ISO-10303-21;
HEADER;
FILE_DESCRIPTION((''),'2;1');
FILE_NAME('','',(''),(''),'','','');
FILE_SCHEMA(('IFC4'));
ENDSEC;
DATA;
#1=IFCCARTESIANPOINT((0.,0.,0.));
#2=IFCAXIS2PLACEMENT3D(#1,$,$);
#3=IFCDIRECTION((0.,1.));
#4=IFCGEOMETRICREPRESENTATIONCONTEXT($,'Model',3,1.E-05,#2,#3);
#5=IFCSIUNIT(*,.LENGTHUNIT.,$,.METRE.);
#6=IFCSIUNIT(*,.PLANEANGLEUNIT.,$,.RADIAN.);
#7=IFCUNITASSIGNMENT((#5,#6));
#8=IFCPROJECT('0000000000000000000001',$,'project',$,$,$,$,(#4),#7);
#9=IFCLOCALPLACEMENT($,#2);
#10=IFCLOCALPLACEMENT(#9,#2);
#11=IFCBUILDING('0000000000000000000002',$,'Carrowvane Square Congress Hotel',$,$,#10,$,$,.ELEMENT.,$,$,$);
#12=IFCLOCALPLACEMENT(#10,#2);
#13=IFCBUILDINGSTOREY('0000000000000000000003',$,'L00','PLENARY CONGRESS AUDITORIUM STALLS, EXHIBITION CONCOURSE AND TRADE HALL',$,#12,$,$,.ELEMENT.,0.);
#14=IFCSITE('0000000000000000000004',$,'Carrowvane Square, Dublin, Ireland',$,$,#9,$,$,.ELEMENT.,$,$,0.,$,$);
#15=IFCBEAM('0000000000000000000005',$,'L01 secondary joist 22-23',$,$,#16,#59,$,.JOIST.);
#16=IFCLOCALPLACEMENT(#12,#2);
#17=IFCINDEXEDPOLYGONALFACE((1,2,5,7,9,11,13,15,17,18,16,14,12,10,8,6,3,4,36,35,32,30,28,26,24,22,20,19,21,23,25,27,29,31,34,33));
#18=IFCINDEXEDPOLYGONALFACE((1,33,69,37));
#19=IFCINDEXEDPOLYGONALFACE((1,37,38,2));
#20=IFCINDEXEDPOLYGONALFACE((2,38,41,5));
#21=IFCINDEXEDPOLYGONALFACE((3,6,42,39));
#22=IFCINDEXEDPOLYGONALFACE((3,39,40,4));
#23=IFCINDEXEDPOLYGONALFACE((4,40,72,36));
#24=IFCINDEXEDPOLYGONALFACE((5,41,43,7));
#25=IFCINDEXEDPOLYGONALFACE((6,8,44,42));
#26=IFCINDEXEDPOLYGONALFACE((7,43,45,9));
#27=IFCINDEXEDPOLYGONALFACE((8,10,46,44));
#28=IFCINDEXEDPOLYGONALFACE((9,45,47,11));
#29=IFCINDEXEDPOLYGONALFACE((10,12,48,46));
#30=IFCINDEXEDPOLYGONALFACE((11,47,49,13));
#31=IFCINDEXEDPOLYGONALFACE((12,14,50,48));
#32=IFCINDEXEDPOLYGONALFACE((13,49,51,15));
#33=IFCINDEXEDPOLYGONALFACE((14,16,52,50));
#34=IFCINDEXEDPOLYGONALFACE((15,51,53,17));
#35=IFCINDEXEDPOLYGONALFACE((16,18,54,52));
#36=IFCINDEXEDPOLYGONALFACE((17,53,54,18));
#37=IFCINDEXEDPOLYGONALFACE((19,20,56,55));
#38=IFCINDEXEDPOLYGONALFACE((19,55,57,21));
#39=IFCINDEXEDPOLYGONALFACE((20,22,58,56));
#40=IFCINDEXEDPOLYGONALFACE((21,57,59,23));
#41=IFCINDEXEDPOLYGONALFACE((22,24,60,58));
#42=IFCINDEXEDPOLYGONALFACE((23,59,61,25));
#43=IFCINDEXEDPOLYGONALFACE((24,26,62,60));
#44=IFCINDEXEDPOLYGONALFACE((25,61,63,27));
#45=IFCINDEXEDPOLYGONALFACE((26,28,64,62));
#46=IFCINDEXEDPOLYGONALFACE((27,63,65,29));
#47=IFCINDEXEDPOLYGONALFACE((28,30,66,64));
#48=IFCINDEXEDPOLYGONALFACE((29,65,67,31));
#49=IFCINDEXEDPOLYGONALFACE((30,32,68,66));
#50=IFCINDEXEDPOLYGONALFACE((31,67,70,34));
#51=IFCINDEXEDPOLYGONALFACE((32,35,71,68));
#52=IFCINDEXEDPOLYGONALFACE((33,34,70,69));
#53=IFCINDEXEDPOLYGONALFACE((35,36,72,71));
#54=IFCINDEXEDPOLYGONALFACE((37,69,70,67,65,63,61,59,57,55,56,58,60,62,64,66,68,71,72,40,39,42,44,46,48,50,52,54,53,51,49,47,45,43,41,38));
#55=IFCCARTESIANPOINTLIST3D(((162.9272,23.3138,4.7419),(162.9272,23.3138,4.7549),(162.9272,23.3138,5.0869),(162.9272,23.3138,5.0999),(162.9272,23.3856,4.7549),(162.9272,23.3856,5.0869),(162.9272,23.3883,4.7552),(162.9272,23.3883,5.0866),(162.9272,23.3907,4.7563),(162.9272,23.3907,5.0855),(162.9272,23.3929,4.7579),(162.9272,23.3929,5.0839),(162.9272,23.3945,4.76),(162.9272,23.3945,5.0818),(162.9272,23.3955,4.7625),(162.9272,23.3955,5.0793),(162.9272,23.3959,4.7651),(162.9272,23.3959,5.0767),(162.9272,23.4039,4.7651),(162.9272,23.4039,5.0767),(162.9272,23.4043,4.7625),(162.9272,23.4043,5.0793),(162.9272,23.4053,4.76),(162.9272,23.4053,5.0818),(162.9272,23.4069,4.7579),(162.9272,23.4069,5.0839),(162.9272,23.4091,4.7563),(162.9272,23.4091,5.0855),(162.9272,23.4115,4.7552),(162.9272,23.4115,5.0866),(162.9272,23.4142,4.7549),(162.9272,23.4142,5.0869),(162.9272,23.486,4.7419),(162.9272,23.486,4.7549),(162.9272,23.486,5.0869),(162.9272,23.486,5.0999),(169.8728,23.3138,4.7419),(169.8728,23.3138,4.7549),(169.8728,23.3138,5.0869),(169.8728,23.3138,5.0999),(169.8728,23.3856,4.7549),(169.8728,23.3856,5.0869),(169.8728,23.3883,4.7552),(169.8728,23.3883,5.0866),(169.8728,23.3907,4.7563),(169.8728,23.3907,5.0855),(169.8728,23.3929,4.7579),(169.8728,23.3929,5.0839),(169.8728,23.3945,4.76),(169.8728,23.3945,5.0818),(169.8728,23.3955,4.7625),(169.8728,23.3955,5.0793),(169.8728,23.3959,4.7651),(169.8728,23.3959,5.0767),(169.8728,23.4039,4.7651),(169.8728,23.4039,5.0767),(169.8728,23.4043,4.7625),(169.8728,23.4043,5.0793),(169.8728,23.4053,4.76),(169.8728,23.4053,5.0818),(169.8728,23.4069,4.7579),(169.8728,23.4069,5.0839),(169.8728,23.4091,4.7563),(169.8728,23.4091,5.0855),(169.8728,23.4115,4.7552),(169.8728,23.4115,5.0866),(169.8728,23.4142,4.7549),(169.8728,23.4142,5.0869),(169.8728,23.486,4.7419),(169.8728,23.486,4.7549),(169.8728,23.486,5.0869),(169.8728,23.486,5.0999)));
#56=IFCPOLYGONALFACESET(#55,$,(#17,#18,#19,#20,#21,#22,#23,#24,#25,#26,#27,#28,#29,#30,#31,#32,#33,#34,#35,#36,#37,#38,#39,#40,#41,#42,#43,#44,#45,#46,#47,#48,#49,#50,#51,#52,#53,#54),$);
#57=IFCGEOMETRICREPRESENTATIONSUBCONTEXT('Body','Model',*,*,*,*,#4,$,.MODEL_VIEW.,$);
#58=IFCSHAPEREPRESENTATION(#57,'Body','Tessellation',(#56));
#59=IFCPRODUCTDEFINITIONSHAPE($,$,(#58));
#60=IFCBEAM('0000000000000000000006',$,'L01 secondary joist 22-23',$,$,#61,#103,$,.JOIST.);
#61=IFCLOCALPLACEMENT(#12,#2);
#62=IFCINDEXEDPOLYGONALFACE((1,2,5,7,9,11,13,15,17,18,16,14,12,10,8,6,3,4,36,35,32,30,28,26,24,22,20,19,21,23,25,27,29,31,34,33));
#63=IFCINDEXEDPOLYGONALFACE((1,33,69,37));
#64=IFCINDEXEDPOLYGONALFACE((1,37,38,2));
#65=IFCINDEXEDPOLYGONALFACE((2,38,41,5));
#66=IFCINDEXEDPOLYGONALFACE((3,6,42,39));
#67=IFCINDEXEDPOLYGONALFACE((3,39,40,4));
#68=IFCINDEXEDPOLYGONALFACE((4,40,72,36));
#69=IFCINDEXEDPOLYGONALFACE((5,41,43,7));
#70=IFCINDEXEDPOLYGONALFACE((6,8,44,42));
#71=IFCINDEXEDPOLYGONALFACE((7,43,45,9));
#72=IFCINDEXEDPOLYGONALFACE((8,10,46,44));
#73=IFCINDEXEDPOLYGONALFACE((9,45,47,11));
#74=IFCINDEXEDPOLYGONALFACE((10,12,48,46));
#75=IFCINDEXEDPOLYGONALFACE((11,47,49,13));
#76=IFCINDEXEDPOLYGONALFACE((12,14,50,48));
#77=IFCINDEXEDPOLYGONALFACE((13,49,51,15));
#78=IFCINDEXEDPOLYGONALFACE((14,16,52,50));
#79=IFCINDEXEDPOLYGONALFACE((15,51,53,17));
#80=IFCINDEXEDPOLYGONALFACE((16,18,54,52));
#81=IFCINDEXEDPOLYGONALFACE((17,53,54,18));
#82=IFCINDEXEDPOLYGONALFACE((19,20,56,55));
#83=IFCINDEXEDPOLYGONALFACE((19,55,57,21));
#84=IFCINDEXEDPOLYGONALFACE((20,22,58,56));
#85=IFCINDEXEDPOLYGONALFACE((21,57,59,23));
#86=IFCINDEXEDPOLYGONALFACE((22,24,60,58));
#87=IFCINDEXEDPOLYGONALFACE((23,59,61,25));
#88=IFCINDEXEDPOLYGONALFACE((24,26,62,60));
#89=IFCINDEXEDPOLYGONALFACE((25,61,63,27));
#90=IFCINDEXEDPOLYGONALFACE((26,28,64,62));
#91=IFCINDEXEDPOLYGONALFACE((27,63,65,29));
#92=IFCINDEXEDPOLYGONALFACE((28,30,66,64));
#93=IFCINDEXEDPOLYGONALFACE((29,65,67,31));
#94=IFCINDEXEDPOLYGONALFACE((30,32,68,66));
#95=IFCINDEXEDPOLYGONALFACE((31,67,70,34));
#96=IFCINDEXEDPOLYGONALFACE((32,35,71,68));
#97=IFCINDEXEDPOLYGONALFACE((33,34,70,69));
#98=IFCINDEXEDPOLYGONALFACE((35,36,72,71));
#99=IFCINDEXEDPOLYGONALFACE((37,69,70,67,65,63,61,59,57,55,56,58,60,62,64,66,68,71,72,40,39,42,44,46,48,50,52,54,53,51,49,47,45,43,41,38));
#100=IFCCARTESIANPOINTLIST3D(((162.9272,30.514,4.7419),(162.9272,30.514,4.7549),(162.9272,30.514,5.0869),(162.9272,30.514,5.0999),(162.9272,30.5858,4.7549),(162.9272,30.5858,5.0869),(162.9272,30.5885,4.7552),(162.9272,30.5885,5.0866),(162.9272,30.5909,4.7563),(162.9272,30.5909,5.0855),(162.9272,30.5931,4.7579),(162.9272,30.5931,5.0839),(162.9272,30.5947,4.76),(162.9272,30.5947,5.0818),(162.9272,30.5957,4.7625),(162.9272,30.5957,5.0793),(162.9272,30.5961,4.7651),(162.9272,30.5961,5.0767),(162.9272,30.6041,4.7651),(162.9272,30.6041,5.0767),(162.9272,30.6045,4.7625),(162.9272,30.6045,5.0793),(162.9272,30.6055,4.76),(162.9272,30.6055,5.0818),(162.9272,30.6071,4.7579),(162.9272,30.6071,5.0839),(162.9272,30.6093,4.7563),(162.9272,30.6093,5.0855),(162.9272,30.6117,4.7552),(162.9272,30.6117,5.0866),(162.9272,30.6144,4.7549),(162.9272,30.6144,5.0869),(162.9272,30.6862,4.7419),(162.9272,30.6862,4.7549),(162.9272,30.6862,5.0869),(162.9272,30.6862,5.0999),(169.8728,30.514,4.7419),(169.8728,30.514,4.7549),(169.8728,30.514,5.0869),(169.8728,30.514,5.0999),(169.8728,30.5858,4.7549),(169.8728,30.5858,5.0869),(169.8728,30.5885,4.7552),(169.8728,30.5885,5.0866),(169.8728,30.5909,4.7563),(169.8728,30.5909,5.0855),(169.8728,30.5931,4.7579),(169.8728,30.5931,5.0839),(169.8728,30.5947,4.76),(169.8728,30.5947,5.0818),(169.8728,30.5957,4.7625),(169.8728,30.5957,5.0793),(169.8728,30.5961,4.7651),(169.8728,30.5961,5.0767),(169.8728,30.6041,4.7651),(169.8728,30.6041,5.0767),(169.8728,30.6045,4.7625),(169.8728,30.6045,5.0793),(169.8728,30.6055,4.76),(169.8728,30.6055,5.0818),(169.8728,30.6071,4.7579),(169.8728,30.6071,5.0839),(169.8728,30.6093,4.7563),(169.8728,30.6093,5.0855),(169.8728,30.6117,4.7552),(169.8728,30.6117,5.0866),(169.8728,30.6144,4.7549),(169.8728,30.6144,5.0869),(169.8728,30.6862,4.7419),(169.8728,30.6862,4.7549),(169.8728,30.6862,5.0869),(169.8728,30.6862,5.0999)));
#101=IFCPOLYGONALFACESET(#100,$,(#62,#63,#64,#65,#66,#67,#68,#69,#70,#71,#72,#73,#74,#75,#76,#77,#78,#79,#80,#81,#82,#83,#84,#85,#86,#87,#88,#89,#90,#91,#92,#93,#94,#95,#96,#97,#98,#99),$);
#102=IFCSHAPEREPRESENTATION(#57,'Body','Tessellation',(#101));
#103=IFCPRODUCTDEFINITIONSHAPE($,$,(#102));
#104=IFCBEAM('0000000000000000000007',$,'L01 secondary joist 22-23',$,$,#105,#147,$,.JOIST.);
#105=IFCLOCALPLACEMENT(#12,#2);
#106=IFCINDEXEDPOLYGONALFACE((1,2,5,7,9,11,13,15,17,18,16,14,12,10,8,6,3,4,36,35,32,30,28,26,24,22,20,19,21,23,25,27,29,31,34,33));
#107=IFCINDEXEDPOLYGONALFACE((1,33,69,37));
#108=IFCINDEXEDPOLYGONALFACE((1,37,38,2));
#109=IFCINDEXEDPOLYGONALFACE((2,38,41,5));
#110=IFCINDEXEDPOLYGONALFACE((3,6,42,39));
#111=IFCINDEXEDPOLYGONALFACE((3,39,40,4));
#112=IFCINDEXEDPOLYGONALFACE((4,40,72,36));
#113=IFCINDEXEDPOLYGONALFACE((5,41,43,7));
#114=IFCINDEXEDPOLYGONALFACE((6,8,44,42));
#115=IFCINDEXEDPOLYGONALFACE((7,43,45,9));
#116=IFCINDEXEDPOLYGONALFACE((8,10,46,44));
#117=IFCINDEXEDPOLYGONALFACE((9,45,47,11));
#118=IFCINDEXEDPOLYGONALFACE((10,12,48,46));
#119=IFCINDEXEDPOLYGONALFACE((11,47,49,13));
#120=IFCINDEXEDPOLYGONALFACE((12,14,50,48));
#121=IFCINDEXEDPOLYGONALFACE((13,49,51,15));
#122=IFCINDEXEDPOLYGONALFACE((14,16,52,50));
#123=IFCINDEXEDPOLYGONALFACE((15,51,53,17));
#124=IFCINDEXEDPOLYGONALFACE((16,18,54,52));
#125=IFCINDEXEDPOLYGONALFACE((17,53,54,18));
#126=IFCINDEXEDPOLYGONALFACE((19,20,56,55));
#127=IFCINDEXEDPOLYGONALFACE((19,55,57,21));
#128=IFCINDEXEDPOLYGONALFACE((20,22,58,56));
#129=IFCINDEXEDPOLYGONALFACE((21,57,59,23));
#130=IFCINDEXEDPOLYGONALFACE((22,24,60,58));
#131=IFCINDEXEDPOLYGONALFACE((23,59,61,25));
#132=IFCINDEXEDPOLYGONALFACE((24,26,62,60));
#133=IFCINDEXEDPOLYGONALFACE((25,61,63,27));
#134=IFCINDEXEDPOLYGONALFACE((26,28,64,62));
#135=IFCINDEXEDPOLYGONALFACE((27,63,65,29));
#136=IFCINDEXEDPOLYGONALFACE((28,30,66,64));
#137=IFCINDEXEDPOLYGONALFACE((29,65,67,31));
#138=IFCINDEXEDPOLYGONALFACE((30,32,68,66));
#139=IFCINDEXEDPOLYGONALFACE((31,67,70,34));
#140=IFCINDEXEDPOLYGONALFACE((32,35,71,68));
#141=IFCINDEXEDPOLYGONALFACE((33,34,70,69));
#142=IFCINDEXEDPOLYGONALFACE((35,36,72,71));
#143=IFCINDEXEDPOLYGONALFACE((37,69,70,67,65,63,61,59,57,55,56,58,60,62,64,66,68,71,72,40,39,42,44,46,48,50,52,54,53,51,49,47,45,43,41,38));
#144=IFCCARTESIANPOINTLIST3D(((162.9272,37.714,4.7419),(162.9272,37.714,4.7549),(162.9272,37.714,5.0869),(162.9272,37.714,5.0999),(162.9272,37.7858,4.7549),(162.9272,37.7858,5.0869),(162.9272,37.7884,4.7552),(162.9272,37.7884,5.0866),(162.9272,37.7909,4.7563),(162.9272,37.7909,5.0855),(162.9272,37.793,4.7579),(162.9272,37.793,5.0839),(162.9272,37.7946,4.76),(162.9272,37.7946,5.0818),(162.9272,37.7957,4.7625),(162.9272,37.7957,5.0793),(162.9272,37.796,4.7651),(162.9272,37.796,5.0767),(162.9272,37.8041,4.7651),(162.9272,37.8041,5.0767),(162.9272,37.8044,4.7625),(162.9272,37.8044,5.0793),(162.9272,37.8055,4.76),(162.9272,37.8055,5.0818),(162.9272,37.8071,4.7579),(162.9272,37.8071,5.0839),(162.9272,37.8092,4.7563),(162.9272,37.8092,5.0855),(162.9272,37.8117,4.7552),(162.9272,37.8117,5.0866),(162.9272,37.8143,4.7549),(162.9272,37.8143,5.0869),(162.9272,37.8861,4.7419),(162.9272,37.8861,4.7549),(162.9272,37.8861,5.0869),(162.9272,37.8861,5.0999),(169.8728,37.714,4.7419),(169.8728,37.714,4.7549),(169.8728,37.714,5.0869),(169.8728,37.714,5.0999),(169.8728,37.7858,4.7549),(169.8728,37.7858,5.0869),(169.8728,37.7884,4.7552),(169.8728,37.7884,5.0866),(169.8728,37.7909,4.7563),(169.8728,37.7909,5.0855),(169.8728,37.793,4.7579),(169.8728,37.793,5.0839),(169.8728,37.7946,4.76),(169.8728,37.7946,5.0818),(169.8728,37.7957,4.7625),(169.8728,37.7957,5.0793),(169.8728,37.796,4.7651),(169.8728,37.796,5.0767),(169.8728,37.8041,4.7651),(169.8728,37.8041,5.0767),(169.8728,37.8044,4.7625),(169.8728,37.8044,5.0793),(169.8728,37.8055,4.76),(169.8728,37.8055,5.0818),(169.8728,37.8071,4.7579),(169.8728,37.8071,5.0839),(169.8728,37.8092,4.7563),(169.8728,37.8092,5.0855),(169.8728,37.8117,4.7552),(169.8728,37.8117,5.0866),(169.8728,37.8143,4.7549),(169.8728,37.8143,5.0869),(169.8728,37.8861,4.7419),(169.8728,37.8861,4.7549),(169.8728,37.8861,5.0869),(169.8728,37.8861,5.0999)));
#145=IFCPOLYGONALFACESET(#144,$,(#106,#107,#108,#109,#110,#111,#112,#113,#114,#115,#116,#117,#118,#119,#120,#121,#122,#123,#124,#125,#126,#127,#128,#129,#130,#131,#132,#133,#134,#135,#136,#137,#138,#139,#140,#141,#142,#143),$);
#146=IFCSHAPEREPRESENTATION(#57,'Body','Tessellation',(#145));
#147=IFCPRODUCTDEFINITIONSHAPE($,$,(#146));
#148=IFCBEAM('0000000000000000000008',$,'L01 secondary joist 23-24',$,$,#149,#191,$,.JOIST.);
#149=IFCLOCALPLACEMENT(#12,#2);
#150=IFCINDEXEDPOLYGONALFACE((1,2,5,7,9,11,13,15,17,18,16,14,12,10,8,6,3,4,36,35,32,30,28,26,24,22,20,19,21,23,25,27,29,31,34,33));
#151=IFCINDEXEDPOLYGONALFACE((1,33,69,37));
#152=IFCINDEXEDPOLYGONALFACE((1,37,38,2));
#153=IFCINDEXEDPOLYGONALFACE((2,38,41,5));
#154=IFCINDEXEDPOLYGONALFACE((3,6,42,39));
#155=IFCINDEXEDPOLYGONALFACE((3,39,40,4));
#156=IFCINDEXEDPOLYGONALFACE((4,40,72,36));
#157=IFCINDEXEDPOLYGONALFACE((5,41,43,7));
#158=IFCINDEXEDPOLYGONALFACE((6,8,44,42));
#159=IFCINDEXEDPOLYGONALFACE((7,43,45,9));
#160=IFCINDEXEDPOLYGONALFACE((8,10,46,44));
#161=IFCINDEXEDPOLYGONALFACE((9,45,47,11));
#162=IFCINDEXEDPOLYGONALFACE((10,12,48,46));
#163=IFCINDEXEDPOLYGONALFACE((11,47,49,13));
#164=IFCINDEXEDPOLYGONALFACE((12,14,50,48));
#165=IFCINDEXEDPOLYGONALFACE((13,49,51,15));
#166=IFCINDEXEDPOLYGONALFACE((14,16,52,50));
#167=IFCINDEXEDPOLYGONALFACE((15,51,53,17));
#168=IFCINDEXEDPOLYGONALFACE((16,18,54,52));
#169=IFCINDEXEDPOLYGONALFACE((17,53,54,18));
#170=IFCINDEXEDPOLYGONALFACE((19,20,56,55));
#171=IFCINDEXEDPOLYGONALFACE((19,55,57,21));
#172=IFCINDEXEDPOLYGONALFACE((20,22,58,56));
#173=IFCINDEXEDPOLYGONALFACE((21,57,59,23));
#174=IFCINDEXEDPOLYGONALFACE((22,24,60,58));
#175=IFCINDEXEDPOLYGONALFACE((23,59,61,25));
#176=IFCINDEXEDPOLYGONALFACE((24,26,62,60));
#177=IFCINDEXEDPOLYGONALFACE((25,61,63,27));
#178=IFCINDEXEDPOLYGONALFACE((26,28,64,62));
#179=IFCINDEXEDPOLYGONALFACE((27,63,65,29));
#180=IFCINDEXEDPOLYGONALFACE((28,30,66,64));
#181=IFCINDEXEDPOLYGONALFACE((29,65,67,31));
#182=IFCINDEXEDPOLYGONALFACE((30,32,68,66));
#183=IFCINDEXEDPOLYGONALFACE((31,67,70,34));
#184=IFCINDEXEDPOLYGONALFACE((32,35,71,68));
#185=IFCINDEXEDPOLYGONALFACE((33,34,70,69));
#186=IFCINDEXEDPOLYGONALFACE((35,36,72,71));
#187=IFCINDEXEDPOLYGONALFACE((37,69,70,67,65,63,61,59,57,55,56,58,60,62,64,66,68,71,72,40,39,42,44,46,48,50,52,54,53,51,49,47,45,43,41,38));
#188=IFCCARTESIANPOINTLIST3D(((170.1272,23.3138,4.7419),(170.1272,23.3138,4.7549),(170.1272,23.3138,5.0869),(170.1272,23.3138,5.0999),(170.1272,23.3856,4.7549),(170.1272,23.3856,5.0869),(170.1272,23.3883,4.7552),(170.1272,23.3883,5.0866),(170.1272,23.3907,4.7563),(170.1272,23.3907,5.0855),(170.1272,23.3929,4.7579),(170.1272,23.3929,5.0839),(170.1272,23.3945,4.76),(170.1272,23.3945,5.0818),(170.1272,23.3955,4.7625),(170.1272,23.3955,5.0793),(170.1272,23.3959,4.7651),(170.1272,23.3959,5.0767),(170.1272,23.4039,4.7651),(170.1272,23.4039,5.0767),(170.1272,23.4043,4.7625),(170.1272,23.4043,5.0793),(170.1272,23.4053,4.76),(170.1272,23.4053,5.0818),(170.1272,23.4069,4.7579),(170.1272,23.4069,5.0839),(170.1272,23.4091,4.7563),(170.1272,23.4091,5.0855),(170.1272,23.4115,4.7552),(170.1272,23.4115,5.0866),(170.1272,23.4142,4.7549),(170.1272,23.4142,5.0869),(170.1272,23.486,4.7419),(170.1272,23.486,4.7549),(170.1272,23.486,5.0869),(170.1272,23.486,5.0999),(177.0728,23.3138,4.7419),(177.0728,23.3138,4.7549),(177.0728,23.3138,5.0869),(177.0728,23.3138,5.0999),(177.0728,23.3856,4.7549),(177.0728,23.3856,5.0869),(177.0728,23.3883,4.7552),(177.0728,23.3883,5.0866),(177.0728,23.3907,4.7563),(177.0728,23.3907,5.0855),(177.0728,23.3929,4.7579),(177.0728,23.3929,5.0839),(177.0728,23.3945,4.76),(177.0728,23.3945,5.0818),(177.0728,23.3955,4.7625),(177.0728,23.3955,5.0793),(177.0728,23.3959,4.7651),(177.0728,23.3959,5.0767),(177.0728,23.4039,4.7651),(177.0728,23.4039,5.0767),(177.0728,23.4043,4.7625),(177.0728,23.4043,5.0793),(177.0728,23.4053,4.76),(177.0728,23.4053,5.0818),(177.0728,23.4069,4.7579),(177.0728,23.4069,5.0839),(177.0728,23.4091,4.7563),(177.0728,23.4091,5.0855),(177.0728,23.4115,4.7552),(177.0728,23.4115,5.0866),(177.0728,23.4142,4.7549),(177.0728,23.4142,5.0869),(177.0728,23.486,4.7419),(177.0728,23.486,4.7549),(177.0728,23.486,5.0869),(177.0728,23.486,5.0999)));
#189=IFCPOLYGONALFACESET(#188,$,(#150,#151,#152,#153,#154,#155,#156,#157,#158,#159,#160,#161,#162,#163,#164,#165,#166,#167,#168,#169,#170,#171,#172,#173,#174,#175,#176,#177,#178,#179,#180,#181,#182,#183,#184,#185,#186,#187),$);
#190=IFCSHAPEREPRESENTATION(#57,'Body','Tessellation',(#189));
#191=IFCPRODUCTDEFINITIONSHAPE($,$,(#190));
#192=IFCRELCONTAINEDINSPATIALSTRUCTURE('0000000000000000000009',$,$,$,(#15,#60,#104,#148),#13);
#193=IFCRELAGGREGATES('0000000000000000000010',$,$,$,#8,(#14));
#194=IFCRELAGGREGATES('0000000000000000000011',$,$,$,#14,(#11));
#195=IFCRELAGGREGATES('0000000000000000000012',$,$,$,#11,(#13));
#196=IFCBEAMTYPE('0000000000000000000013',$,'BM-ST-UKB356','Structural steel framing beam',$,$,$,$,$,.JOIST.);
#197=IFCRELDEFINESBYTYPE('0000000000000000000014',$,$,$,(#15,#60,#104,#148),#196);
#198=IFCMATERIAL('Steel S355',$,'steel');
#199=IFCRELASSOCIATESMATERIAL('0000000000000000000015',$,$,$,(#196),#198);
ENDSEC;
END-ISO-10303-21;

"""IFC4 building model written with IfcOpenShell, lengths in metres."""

from ifc_helpers import new_model, si_unit, direction, frame, origin, origin_2d, place, context, subcontext, project, spatial, i_section, extrude, material, material_profile, profile_set, type_object, element, save


model = new_model("IFC4")

# Units and contexts
model_context = context("Model", 3, precision=1e-05, world=origin(), true_north=direction((0.0, 1.0)))
body_context = subcontext(model_context, "Body", "Model", "MODEL_VIEW")
ifc_project = project(units=[si_unit("LENGTHUNIT", "METRE"), si_unit("PLANEANGLEUNIT", "RADIAN")], contexts=[model_context])

# Site, building, storey
site_placement = place(None, origin())
site = spatial("IfcSite", under=ifc_project, at=site_placement, Name="Carrowvane Square, Dublin, Ireland", CompositionType="ELEMENT", RefElevation=0.0)
building_placement = place(site_placement, origin())
building = spatial("IfcBuilding", under=site, at=building_placement, Name="Carrowvane Square Congress Hotel", CompositionType="ELEMENT")
storey_placement = place(building_placement, origin())
storey = spatial("IfcBuildingStorey", under=building, at=storey_placement, Name="L00", Description="PLENARY CONGRESS AUDITORIUM STALLS, EXHIBITION CONCOURSE AND TRADE HALL", CompositionType="ELEMENT", Elevation=0.0)

# Beams
ifc_material_1 = material(Name="Steel S355", Category="steel")
ifc_material_profile_1 = material_profile(ifc_material_1, i_section(OverallWidth=0.1721, OverallDepth=0.3579, WebThickness=0.0081, FlangeThickness=0.0129, FilletRadius=0.0103, at=origin_2d()), Name="UKB 356x171x57")
ifc_profile_set_1 = profile_set([ifc_material_profile_1], Name="Steel S355")
beam_type_1 = type_object("IfcBeamType", Name="BM-ST-UKB356", Description="Structural steel framing beam", PredefinedType="JOIST", material=ifc_profile_set_1)
for number, where, z_axis, x_axis, name in (
    (1, (162.9272, 23.3999, 4.9209), (1.0, 0.0, 0.0), (0.0, 1.0, 0.0), "L01 secondary joist 22-23"),
    (2, (162.9272, 30.6001, 4.9209), (1.0, 0.0, 0.0), (0.0, 1.0, 0.0), "L01 secondary joist 22-23"),
    (3, (162.9272, 37.8, 4.9209), (1.0, 0.0, 0.0), (0.0, 1.0, 0.0), "L01 secondary joist 22-23"),
    (4, (170.1272, 23.3999, 4.9209), (1.0, 0.0, 0.0), (0.0, 1.0, 0.0), "L01 secondary joist 23-24"),
):
    element("IfcBeam", number, at=place(storey_placement, frame(where, z_axis=z_axis, x_axis=x_axis)), inside=storey, type_object=beam_type_1, Name=name, PredefinedType="JOIST", context=body_context, shape_type="SweptSolid", body=[
        extrude(i_section(OverallWidth=0.1721, OverallDepth=0.3579, WebThickness=0.0081, FlangeThickness=0.0129, FilletRadius=0.0103, at=origin_2d()), origin(), (0.0, 0.0, 1.0), 6.9456),
    ])

save(model, "model.ifc")
